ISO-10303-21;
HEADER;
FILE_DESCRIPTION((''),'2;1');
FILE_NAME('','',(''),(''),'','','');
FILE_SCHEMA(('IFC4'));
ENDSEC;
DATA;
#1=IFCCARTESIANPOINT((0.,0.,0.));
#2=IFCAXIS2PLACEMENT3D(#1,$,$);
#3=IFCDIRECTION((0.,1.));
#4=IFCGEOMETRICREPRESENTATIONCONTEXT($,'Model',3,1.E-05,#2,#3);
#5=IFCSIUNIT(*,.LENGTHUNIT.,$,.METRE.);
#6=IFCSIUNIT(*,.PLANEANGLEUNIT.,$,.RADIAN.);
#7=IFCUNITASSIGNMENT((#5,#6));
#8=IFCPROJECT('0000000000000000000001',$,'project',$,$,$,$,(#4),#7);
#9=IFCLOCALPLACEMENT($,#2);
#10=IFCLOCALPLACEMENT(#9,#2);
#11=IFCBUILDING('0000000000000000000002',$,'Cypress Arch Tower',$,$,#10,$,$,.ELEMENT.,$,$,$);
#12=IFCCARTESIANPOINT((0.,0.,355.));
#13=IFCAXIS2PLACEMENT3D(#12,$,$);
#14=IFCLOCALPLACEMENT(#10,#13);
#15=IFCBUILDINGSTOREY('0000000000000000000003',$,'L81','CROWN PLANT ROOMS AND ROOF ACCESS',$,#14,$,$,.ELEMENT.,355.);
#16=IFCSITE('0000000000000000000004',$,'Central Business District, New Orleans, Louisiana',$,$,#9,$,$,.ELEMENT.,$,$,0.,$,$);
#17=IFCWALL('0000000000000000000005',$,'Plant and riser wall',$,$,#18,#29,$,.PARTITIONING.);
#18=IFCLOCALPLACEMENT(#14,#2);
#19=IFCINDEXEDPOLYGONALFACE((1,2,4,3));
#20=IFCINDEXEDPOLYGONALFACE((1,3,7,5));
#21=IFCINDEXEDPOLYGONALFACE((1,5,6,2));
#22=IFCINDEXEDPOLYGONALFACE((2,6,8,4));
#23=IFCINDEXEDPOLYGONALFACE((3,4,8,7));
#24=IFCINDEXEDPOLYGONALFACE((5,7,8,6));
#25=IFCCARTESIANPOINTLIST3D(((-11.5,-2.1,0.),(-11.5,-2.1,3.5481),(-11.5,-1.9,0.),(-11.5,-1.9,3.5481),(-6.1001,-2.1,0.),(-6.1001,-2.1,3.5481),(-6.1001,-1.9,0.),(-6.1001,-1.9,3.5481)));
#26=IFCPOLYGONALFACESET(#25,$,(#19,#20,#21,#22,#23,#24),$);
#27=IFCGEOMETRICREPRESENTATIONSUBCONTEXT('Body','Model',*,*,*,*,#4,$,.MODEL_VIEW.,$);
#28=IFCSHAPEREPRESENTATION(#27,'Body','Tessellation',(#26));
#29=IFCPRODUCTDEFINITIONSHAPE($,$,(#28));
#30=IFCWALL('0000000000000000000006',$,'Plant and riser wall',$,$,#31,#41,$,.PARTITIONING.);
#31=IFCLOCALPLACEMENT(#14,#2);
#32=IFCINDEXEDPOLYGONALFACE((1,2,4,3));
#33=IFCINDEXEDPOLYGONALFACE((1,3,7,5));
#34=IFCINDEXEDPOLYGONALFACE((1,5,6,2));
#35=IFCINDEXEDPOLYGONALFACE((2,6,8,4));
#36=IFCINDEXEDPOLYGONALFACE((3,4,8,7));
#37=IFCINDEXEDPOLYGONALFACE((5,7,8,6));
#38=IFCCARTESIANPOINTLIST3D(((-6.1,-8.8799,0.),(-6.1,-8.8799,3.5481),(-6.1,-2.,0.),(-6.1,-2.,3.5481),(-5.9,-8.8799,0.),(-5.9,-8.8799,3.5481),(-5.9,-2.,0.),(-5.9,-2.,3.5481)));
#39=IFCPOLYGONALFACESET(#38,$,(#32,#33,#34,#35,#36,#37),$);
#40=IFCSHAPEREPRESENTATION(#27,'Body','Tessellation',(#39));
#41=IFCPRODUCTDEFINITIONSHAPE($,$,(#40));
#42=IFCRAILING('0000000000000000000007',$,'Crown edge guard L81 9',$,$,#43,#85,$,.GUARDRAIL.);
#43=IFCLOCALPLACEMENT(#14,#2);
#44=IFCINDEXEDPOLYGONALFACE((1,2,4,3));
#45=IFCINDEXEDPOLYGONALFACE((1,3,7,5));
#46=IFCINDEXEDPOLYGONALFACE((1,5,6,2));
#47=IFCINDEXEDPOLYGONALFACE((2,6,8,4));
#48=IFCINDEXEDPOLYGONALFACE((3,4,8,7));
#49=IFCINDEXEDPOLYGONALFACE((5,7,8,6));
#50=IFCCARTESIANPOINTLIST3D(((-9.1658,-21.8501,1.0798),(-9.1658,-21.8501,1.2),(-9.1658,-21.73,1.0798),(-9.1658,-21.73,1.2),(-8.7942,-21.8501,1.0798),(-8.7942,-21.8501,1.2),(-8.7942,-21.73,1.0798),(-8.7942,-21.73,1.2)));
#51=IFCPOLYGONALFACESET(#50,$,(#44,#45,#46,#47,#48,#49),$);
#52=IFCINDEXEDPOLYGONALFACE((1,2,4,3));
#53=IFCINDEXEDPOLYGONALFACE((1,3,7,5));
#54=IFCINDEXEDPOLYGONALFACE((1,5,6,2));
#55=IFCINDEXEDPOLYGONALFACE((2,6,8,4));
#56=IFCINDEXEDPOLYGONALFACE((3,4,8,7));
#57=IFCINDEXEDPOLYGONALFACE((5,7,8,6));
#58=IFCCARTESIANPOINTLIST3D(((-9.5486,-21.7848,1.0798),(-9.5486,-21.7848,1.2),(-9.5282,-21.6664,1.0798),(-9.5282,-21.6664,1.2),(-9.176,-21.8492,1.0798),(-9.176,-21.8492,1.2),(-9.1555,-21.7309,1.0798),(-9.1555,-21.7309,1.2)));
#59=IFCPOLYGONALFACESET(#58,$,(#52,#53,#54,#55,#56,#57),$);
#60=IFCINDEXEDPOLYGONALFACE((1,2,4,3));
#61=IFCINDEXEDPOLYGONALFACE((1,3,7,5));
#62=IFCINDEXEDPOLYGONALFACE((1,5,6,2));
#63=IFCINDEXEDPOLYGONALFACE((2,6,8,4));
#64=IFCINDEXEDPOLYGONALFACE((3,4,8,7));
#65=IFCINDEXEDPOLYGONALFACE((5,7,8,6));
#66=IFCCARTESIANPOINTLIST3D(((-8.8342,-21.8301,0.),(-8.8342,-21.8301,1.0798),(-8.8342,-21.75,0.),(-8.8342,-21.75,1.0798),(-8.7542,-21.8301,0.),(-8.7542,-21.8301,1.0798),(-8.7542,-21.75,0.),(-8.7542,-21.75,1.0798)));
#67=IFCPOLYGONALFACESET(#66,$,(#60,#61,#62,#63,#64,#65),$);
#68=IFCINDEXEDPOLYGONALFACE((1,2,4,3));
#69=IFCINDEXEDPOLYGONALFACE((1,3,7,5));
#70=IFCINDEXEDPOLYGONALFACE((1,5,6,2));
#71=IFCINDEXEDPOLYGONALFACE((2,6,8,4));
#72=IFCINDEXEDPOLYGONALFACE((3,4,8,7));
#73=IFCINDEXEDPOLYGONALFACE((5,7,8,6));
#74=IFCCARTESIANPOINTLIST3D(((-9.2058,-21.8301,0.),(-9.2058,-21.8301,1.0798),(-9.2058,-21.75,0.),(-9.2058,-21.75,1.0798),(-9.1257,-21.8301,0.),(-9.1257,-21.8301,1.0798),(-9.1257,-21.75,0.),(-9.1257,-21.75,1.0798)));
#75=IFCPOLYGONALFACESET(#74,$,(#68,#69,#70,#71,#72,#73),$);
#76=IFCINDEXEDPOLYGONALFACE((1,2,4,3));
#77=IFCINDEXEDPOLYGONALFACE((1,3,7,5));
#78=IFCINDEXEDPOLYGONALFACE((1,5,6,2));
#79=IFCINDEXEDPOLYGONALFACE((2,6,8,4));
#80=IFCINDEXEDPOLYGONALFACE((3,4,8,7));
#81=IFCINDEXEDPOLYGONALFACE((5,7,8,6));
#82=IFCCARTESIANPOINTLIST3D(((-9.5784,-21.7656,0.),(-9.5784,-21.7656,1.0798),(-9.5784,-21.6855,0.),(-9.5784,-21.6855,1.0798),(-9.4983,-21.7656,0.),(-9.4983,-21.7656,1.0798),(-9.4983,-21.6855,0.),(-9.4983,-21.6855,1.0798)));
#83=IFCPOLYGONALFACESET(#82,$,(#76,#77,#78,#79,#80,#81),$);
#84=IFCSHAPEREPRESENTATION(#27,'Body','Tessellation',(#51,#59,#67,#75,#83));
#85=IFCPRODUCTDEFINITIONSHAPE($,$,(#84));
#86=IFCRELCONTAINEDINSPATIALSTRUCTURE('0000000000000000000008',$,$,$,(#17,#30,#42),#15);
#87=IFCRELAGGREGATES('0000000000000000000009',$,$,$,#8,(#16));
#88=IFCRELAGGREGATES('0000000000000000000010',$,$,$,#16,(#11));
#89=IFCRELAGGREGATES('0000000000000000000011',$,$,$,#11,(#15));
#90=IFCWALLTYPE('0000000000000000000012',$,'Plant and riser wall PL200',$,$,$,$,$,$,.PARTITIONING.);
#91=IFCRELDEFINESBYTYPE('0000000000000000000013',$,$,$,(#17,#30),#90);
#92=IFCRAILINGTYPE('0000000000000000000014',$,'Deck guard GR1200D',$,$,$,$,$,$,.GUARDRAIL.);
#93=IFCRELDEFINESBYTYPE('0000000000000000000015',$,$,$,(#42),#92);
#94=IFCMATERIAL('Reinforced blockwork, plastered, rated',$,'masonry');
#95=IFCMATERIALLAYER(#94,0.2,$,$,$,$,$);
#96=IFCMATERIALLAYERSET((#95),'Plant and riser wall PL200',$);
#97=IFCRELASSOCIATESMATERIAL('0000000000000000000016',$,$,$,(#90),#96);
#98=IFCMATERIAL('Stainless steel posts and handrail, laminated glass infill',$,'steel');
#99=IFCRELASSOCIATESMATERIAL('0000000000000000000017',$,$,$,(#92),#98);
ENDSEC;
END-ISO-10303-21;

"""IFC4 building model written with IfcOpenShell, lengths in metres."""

from ifc_helpers import new_model, si_unit, direction, frame, frame_2d, origin, origin_2d, place, context, subcontext, project, spatial, rectangle, extrude, material, layer, layer_set, type_object, element, save


model = new_model("IFC4")

# Units and contexts
model_context = context("Model", 3, precision=1e-05, world=origin(), true_north=direction((0.0, 1.0)))
body_context = subcontext(model_context, "Body", "Model", "MODEL_VIEW")
ifc_project = project(units=[si_unit("LENGTHUNIT", "METRE"), si_unit("PLANEANGLEUNIT", "RADIAN")], contexts=[model_context])

# Site, building, storey
site_placement = place(None, origin())
site = spatial("IfcSite", under=ifc_project, at=site_placement, Name="Central Business District, New Orleans, Louisiana", CompositionType="ELEMENT", RefElevation=0.0)
building_placement = place(site_placement, origin())
building = spatial("IfcBuilding", under=site, at=building_placement, Name="Cypress Arch Tower", CompositionType="ELEMENT")
storey_placement = place(building_placement, frame((0.0, 0.0, 355.0)))
storey = spatial("IfcBuildingStorey", under=building, at=storey_placement, Name="L81", Description="CROWN PLANT ROOMS AND ROOF ACCESS", CompositionType="ELEMENT", Elevation=355.0)

# Shared definitions
ifc_material_1 = material(Name="Reinforced blockwork, plastered, rated", Category="masonry")
ifc_layer_1 = layer(ifc_material_1, 0.2)
ifc_layer_set_1 = layer_set([ifc_layer_1], Name="Plant and riser wall PL200")
wall_type_1 = type_object("IfcWallType", Name="Plant and riser wall PL200", PredefinedType="PARTITIONING", material=ifc_layer_set_1)

# Walls
wall_1_placement = place(storey_placement, frame((-11.5, -2.0, 0.0), z_axis=(0.0, 0.0, 1.0), x_axis=(1.0, 0.0, 0.0)))
element("IfcWall", 1, at=wall_1_placement, inside=storey, type_object=wall_type_1, Name="Plant and riser wall", PredefinedType="PARTITIONING", context=body_context, shape_type="SweptSolid", body=[
    extrude(rectangle(XDim=5.3999, YDim=0.2, at=frame_2d((2.7, 0.0))), origin(), (0.0, 0.0, 1.0), 3.5481),
])
wall_2_placement = place(storey_placement, frame((-6.0, -8.8799, 0.0), z_axis=(0.0, 0.0, 1.0), x_axis=(0.0, 1.0, 0.0)))
element("IfcWall", 2, at=wall_2_placement, inside=storey, type_object=wall_type_1, Name="Plant and riser wall", PredefinedType="PARTITIONING", context=body_context, shape_type="SweptSolid", body=[
    extrude(rectangle(XDim=6.8799, YDim=0.2, at=frame_2d((3.4399, 0.0))), origin(), (0.0, 0.0, 1.0), 3.5481),
])

# Railing
ifc_material_2 = material(Name="Stainless steel posts and handrail, laminated glass infill", Category="steel")
railing_type = type_object("IfcRailingType", Name="Deck guard GR1200D", PredefinedType="GUARDRAIL", material=ifc_material_2)
railing_placement = place(storey_placement, frame((-8.7942, -21.79, 0.0)))
element("IfcRailing", 3, at=railing_placement, inside=storey, type_object=railing_type, Name="Crown edge guard L81 9", PredefinedType="GUARDRAIL", context=body_context, shape_type="SweptSolid", body=[
    extrude(rectangle(XDim=0.1201, YDim=0.1201, at=origin_2d()), frame((0.0, 0.0, 1.1399), z_axis=(-1.0, 0.0, 0.0), x_axis=(0.0, -1.0, 0.0)), (0.0, 0.0, 1.0), 0.3716),
    extrude(rectangle(XDim=0.1201, YDim=0.1201, at=origin_2d()), frame((-0.3716, 0.0, 1.1399), z_axis=(-0.985363, 0.170469, 0.0), x_axis=(-0.170469, -0.985363, 0.0)), (0.0, 0.0, 1.0), 0.3782),
    extrude(rectangle(XDim=0.0801, YDim=0.0801, at=origin_2d()), origin(), (0.0, 0.0, 1.0), 1.0798),
    extrude(rectangle(XDim=0.0801, YDim=0.0801, at=origin_2d()), frame((-0.3716, 0.0, 0.0)), (0.0, 0.0, 1.0), 1.0798),
    extrude(rectangle(XDim=0.0801, YDim=0.0801, at=origin_2d()), frame((-0.7441, 0.0645, 0.0)), (0.0, 0.0, 1.0), 1.0798),
])

save(model, "model.ifc")
